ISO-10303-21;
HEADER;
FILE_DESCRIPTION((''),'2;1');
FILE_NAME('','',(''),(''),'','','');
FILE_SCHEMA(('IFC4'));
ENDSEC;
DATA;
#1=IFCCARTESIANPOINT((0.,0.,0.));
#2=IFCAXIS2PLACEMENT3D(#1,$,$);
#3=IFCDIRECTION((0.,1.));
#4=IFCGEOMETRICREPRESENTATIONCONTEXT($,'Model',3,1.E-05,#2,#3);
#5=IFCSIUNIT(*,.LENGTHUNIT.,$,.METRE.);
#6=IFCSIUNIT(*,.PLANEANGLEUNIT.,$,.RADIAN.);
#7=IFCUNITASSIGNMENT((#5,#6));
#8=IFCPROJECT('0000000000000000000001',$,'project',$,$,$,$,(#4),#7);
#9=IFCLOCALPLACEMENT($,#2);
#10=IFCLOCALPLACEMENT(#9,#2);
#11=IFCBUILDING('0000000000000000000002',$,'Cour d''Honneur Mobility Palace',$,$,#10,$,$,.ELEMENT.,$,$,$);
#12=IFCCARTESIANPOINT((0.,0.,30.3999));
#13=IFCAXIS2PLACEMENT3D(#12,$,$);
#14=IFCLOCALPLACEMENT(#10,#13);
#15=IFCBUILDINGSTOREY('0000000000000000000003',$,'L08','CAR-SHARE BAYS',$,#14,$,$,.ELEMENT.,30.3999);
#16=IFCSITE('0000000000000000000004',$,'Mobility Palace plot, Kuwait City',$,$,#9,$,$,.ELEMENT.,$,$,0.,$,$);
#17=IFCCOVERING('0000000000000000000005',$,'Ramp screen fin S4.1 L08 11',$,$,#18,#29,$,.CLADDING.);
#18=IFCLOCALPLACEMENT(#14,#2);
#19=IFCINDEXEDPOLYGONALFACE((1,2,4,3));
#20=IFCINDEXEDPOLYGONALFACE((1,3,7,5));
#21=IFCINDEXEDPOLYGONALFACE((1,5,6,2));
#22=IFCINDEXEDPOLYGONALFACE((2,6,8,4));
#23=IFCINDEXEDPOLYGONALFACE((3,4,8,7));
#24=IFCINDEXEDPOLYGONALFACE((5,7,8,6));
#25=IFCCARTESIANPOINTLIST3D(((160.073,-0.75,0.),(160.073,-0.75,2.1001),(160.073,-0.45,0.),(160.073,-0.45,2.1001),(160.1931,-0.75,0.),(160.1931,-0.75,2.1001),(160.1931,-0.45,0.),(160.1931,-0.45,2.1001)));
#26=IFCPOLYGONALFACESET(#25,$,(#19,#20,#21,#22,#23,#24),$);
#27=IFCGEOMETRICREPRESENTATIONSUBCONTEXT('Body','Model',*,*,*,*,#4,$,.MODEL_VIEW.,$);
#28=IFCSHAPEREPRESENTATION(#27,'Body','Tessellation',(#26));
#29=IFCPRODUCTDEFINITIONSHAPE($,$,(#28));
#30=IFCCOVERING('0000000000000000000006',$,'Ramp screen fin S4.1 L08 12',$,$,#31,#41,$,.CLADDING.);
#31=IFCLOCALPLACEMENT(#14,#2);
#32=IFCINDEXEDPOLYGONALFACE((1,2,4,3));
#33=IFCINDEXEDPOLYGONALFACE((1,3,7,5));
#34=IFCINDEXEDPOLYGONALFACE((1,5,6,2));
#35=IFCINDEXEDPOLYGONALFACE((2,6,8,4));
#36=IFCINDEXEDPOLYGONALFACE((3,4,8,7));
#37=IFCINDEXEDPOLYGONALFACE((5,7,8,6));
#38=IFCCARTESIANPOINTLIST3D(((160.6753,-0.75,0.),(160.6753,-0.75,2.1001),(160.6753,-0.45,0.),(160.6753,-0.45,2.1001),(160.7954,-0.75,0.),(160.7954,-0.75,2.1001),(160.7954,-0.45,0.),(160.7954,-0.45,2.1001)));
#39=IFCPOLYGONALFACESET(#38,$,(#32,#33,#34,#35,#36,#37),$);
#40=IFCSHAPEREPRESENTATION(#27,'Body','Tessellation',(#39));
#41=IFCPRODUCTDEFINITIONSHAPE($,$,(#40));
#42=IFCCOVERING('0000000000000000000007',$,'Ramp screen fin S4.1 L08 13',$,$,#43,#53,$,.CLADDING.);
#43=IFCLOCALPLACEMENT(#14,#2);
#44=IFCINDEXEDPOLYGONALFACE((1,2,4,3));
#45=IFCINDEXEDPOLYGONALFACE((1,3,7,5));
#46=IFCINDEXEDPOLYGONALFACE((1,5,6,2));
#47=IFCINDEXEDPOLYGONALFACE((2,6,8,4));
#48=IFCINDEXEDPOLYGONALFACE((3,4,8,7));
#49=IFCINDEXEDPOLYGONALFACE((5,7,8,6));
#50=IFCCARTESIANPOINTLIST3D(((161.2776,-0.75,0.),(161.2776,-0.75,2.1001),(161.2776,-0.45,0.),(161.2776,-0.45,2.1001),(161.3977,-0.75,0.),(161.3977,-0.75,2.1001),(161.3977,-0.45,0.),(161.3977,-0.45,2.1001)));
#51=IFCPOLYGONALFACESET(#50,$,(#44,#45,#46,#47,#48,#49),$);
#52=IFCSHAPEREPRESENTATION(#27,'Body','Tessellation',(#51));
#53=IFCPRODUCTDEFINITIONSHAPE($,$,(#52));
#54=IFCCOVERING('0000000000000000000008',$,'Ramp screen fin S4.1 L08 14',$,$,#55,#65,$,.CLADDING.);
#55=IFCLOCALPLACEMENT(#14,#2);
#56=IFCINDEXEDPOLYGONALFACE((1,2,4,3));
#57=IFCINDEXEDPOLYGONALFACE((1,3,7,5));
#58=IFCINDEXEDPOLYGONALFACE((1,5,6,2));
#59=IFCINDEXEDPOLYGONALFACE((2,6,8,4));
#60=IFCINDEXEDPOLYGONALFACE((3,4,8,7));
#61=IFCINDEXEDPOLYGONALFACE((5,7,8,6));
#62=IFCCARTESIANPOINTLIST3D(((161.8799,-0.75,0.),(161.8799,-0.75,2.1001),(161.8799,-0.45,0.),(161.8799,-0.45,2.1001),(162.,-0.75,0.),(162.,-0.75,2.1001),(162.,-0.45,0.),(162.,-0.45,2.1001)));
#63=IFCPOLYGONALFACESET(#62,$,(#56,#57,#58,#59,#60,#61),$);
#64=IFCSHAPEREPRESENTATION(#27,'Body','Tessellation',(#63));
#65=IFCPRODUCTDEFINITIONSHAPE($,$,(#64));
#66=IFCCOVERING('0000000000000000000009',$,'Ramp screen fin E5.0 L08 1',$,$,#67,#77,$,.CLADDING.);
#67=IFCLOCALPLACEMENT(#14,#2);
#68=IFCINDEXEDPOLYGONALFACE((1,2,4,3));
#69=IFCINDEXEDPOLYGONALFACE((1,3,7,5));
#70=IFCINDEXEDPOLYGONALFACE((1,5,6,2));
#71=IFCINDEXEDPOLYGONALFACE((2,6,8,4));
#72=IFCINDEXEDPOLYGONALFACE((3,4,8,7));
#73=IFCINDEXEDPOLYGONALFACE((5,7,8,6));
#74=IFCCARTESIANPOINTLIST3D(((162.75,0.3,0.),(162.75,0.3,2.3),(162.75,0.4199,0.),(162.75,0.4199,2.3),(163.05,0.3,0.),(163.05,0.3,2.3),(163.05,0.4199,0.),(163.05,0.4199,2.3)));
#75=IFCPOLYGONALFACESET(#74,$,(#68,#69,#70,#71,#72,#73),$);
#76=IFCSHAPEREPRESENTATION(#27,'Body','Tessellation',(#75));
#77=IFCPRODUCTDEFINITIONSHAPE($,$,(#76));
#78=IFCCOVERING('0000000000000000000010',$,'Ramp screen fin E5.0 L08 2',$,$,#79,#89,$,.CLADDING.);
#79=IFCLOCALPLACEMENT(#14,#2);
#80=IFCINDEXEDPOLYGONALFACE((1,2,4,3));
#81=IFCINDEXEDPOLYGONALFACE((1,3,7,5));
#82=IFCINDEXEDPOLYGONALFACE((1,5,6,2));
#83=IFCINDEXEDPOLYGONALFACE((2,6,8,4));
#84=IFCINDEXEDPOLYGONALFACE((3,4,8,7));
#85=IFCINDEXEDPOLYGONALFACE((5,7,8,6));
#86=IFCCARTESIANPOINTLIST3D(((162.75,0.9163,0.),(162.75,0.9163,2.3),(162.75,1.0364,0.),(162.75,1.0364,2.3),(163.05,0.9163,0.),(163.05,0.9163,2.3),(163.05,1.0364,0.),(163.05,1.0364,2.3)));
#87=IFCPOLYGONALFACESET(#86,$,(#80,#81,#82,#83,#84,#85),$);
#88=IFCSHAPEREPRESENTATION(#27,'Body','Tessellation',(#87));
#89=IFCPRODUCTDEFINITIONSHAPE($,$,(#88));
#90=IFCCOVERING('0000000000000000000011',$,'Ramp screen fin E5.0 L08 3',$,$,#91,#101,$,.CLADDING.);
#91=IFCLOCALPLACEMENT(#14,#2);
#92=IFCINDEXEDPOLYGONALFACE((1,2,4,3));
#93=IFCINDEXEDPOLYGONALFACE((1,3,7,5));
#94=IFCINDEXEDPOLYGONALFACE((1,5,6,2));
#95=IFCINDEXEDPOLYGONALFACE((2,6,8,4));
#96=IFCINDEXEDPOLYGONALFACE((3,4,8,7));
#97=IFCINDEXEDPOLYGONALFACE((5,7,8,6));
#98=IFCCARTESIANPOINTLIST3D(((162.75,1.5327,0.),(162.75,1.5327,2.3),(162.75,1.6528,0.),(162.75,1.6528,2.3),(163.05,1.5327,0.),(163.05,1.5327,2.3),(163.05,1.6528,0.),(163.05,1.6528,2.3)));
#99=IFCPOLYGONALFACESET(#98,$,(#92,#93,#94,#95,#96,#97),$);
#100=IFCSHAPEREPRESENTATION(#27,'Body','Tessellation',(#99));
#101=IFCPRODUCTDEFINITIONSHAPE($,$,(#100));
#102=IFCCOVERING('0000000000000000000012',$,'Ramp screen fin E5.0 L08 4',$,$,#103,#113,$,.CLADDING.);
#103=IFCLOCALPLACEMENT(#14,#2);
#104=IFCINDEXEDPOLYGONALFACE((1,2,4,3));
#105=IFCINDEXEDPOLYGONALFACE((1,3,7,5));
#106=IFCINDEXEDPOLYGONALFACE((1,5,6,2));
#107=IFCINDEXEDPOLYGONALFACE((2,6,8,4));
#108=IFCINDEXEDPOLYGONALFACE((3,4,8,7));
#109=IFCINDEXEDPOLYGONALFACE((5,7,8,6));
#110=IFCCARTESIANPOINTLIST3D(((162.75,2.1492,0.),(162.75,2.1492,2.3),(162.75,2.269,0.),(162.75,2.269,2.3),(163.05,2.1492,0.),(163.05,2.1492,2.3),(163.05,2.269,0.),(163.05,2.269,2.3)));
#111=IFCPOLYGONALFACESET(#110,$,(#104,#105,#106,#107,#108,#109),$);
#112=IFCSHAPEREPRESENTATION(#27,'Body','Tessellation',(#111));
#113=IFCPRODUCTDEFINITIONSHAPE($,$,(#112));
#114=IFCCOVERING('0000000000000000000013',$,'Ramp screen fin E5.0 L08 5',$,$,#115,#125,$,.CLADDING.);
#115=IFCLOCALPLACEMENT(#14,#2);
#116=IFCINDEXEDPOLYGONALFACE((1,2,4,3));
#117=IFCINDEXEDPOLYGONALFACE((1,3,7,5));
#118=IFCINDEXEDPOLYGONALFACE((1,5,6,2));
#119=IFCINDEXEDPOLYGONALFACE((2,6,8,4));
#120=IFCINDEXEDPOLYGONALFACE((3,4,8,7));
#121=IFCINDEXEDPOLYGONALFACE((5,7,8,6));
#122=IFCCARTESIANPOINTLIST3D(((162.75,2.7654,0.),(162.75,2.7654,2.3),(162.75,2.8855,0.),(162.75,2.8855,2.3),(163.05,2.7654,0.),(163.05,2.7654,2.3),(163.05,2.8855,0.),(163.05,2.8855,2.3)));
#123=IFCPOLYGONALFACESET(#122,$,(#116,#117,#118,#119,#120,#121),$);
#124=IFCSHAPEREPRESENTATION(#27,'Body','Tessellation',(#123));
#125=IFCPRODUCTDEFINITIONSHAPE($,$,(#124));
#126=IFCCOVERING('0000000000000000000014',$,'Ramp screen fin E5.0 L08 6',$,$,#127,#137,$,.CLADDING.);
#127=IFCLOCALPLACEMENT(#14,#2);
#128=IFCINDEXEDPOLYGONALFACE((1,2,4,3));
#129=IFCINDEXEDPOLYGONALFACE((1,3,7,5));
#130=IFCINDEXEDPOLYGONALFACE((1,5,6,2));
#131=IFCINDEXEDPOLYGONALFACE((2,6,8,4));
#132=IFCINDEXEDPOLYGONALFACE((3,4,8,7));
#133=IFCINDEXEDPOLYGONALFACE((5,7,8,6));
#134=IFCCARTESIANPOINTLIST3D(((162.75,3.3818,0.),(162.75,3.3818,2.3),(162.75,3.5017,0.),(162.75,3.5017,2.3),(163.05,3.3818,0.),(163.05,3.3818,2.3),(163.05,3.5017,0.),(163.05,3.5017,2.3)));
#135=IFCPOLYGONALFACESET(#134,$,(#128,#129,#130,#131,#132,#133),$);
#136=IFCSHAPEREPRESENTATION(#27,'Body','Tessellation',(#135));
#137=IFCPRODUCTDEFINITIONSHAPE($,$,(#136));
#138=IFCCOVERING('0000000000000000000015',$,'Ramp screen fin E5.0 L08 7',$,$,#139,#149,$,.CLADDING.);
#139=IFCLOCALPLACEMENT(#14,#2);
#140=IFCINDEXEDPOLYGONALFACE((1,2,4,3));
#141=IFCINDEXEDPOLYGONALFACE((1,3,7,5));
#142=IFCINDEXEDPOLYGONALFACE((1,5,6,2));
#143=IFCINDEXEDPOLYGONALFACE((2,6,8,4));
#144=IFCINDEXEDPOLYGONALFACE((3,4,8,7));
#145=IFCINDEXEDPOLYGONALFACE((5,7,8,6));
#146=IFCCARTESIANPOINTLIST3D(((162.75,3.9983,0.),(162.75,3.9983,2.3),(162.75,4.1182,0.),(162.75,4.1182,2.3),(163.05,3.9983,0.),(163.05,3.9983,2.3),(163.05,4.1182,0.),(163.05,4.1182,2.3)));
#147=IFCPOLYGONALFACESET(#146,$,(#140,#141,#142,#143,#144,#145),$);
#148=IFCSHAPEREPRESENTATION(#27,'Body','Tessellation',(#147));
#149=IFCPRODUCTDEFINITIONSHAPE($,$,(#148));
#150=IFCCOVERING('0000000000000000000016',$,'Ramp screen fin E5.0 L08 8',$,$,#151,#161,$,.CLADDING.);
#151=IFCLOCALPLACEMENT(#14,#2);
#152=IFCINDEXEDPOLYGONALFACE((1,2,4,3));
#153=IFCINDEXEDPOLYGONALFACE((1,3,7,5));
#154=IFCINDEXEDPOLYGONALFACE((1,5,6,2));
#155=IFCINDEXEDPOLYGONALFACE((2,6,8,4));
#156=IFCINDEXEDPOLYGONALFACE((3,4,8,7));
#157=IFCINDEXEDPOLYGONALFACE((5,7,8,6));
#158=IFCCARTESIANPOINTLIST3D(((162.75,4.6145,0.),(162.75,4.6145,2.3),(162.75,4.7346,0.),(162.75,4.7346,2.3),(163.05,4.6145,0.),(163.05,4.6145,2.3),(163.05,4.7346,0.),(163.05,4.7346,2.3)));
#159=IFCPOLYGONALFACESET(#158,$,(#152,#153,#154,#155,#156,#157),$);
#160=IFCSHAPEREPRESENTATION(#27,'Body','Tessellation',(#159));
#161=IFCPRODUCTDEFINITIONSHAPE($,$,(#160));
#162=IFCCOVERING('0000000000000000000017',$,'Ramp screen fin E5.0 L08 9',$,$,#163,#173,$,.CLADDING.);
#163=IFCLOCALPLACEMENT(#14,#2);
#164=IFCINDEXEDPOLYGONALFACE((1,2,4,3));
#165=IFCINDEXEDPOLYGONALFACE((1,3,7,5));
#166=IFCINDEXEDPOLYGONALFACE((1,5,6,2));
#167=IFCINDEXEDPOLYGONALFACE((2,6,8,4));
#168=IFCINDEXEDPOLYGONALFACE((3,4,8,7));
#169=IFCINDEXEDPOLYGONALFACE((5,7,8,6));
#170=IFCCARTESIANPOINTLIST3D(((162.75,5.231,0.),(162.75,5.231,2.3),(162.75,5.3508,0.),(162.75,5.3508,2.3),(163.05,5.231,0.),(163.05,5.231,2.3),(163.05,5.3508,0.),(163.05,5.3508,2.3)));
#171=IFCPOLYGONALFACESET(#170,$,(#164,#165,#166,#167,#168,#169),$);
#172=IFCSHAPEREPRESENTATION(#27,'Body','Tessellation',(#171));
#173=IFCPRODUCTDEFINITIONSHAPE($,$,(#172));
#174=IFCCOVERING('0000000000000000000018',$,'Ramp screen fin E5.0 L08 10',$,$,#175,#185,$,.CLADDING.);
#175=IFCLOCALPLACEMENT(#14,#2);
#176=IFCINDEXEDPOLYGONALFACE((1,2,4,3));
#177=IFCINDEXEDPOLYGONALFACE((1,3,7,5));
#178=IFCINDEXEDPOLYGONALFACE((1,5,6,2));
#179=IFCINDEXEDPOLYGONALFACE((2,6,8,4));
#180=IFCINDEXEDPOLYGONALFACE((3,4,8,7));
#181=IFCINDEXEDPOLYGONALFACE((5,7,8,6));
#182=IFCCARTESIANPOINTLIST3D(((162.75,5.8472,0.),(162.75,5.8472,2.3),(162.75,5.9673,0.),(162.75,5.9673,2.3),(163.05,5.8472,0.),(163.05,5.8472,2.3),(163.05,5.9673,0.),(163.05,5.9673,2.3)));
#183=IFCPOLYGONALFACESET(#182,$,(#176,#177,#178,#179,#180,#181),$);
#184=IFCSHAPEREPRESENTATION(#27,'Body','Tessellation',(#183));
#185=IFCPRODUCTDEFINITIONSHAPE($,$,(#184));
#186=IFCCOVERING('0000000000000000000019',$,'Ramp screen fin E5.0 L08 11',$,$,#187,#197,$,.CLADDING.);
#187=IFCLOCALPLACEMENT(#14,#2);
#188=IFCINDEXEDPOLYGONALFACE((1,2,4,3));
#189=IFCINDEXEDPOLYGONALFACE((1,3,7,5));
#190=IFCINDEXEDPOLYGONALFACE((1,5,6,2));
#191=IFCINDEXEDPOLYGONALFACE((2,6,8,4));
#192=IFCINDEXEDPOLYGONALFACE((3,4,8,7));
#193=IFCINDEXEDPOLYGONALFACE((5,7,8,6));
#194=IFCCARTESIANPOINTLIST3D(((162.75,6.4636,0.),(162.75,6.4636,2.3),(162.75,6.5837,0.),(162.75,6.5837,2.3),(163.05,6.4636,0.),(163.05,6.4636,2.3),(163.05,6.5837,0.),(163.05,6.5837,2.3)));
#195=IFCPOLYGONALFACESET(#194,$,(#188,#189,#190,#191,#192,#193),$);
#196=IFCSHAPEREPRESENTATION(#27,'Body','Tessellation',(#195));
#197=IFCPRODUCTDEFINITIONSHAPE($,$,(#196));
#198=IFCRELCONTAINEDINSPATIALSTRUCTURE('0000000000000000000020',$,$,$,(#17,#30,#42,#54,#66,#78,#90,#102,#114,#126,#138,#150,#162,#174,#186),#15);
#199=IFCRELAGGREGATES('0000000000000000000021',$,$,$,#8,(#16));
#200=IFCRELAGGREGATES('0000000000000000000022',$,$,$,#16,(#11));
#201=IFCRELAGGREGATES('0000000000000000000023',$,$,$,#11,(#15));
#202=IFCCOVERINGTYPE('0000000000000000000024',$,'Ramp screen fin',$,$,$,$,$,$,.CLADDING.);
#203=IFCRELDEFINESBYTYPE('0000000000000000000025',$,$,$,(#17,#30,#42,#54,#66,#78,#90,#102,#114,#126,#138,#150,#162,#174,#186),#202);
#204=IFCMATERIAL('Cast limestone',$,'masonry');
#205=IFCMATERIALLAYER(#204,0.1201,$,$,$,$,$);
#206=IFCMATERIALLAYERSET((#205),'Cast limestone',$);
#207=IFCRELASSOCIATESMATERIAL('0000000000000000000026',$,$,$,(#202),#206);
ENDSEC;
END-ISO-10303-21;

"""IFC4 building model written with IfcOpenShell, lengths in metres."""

from ifc_helpers import new_model, si_unit, direction, frame, origin, place, context, subcontext, project, spatial, polyline, outline, extrude, material, layer, layer_set, type_object, element, save


model = new_model("IFC4")

# Units and contexts
model_context = context("Model", 3, precision=1e-05, world=origin(), true_north=direction((0.0, 1.0)))
body_context = subcontext(model_context, "Body", "Model", "MODEL_VIEW")
ifc_project = project(units=[si_unit("LENGTHUNIT", "METRE"), si_unit("PLANEANGLEUNIT", "RADIAN")], contexts=[model_context])

# Site, building, storey
site_placement = place(None, origin())
site = spatial("IfcSite", under=ifc_project, at=site_placement, Name="Mobility Palace plot, Kuwait City", CompositionType="ELEMENT", RefElevation=0.0)
building_placement = place(site_placement, origin())
building = spatial("IfcBuilding", under=site, at=building_placement, Name="Cour d'Honneur Mobility Palace", CompositionType="ELEMENT")
storey_placement = place(building_placement, frame((0.0, 0.0, 30.3999)))
storey = spatial("IfcBuildingStorey", under=building, at=storey_placement, Name="L08", Description="CAR-SHARE BAYS", CompositionType="ELEMENT", Elevation=30.3999)

# Coverings
ifc_material = material(Name="Cast limestone", Category="masonry")
ifc_layer = layer(ifc_material, 0.1201)
ifc_layer_set = layer_set([ifc_layer], Name="Cast limestone")
covering_type = type_object("IfcCoveringType", Name="Ramp screen fin", PredefinedType="CLADDING", material=ifc_layer_set)
covering_1_placement = place(storey_placement, origin())
element("IfcCovering", 1, at=covering_1_placement, inside=storey, type_object=covering_type, Name="Ramp screen fin S4.1 L08 11", PredefinedType="CLADDING", context=body_context, shape_type="SweptSolid", body=[
    extrude(outline(polyline([(160.073, -0.45), (160.1931, -0.45), (160.1931, -0.75), (160.073, -0.75), (160.073, -0.45)])), origin(), (0.0, 0.0, 1.0), 2.1001),
])
covering_2_placement = place(storey_placement, origin())
element("IfcCovering", 2, at=covering_2_placement, inside=storey, type_object=covering_type, Name="Ramp screen fin S4.1 L08 12", PredefinedType="CLADDING", context=body_context, shape_type="SweptSolid", body=[
    extrude(outline(polyline([(160.6753, -0.45), (160.7954, -0.45), (160.7954, -0.75), (160.6753, -0.75), (160.6753, -0.45)])), origin(), (0.0, 0.0, 1.0), 2.1001),
])
covering_3_placement = place(storey_placement, origin())
element("IfcCovering", 3, at=covering_3_placement, inside=storey, type_object=covering_type, Name="Ramp screen fin S4.1 L08 13", PredefinedType="CLADDING", context=body_context, shape_type="SweptSolid", body=[
    extrude(outline(polyline([(161.2776, -0.45), (161.3977, -0.45), (161.3977, -0.75), (161.2776, -0.75), (161.2776, -0.45)])), origin(), (0.0, 0.0, 1.0), 2.1001),
])
covering_4_placement = place(storey_placement, origin())
element("IfcCovering", 4, at=covering_4_placement, inside=storey, type_object=covering_type, Name="Ramp screen fin S4.1 L08 14", PredefinedType="CLADDING", context=body_context, shape_type="SweptSolid", body=[
    extrude(outline(polyline([(161.8799, -0.45), (162.0, -0.45), (162.0, -0.75), (161.8799, -0.75), (161.8799, -0.45)])), origin(), (0.0, 0.0, 1.0), 2.1001),
])
covering_5_placement = place(storey_placement, origin())
element("IfcCovering", 5, at=covering_5_placement, inside=storey, type_object=covering_type, Name="Ramp screen fin E5.0 L08 1", PredefinedType="CLADDING", context=body_context, shape_type="SweptSolid", body=[
    extrude(outline(polyline([(162.75, 0.3), (162.75, 0.4199), (163.05, 0.4199), (163.05, 0.3), (162.75, 0.3)])), origin(), (0.0, 0.0, 1.0), 2.3),
])
covering_6_placement = place(storey_placement, origin())
element("IfcCovering", 6, at=covering_6_placement, inside=storey, type_object=covering_type, Name="Ramp screen fin E5.0 L08 2", PredefinedType="CLADDING", context=body_context, shape_type="SweptSolid", body=[
    extrude(outline(polyline([(162.75, 0.9163), (162.75, 1.0364), (163.05, 1.0364), (163.05, 0.9163), (162.75, 0.9163)])), origin(), (0.0, 0.0, 1.0), 2.3),
])
covering_7_placement = place(storey_placement, origin())
element("IfcCovering", 7, at=covering_7_placement, inside=storey, type_object=covering_type, Name="Ramp screen fin E5.0 L08 3", PredefinedType="CLADDING", context=body_context, shape_type="SweptSolid", body=[
    extrude(outline(polyline([(162.75, 1.5327), (162.75, 1.6528), (163.05, 1.6528), (163.05, 1.5327), (162.75, 1.5327)])), origin(), (0.0, 0.0, 1.0), 2.3),
])
covering_8_placement = place(storey_placement, origin())
element("IfcCovering", 8, at=covering_8_placement, inside=storey, type_object=covering_type, Name="Ramp screen fin E5.0 L08 4", PredefinedType="CLADDING", context=body_context, shape_type="SweptSolid", body=[
    extrude(outline(polyline([(162.75, 2.1492), (162.75, 2.269), (163.05, 2.269), (163.05, 2.1492), (162.75, 2.1492)])), origin(), (0.0, 0.0, 1.0), 2.3),
])
covering_9_placement = place(storey_placement, origin())
element("IfcCovering", 9, at=covering_9_placement, inside=storey, type_object=covering_type, Name="Ramp screen fin E5.0 L08 5", PredefinedType="CLADDING", context=body_context, shape_type="SweptSolid", body=[
    extrude(outline(polyline([(162.75, 2.7654), (162.75, 2.8855), (163.05, 2.8855), (163.05, 2.7654), (162.75, 2.7654)])), origin(), (0.0, 0.0, 1.0), 2.3),
])
covering_10_placement = place(storey_placement, origin())
element("IfcCovering", 10, at=covering_10_placement, inside=storey, type_object=covering_type, Name="Ramp screen fin E5.0 L08 6", PredefinedType="CLADDING", context=body_context, shape_type="SweptSolid", body=[
    extrude(outline(polyline([(162.75, 3.3818), (162.75, 3.5017), (163.05, 3.5017), (163.05, 3.3818), (162.75, 3.3818)])), origin(), (0.0, 0.0, 1.0), 2.3),
])
covering_11_placement = place(storey_placement, origin())
element("IfcCovering", 11, at=covering_11_placement, inside=storey, type_object=covering_type, Name="Ramp screen fin E5.0 L08 7", PredefinedType="CLADDING", context=body_context, shape_type="SweptSolid", body=[
    extrude(outline(polyline([(162.75, 3.9983), (162.75, 4.1182), (163.05, 4.1182), (163.05, 3.9983), (162.75, 3.9983)])), origin(), (0.0, 0.0, 1.0), 2.3),
])
covering_12_placement = place(storey_placement, origin())
element("IfcCovering", 12, at=covering_12_placement, inside=storey, type_object=covering_type, Name="Ramp screen fin E5.0 L08 8", PredefinedType="CLADDING", context=body_context, shape_type="SweptSolid", body=[
    extrude(outline(polyline([(162.75, 4.6145), (162.75, 4.7346), (163.05, 4.7346), (163.05, 4.6145), (162.75, 4.6145)])), origin(), (0.0, 0.0, 1.0), 2.3),
])
covering_13_placement = place(storey_placement, origin())
element("IfcCovering", 13, at=covering_13_placement, inside=storey, type_object=covering_type, Name="Ramp screen fin E5.0 L08 9", PredefinedType="CLADDING", context=body_context, shape_type="SweptSolid", body=[
    extrude(outline(polyline([(162.75, 5.231), (162.75, 5.3508), (163.05, 5.3508), (163.05, 5.231), (162.75, 5.231)])), origin(), (0.0, 0.0, 1.0), 2.3),
])
covering_14_placement = place(storey_placement, origin())
element("IfcCovering", 14, at=covering_14_placement, inside=storey, type_object=covering_type, Name="Ramp screen fin E5.0 L08 10", PredefinedType="CLADDING", context=body_context, shape_type="SweptSolid", body=[
    extrude(outline(polyline([(162.75, 5.8472), (162.75, 5.9673), (163.05, 5.9673), (163.05, 5.8472), (162.75, 5.8472)])), origin(), (0.0, 0.0, 1.0), 2.3),
])
covering_15_placement = place(storey_placement, origin())
element("IfcCovering", 15, at=covering_15_placement, inside=storey, type_object=covering_type, Name="Ramp screen fin E5.0 L08 11", PredefinedType="CLADDING", context=body_context, shape_type="SweptSolid", body=[
    extrude(outline(polyline([(162.75, 6.4636), (162.75, 6.5837), (163.05, 6.5837), (163.05, 6.4636), (162.75, 6.4636)])), origin(), (0.0, 0.0, 1.0), 2.3),
])

save(model, "model.ifc")
